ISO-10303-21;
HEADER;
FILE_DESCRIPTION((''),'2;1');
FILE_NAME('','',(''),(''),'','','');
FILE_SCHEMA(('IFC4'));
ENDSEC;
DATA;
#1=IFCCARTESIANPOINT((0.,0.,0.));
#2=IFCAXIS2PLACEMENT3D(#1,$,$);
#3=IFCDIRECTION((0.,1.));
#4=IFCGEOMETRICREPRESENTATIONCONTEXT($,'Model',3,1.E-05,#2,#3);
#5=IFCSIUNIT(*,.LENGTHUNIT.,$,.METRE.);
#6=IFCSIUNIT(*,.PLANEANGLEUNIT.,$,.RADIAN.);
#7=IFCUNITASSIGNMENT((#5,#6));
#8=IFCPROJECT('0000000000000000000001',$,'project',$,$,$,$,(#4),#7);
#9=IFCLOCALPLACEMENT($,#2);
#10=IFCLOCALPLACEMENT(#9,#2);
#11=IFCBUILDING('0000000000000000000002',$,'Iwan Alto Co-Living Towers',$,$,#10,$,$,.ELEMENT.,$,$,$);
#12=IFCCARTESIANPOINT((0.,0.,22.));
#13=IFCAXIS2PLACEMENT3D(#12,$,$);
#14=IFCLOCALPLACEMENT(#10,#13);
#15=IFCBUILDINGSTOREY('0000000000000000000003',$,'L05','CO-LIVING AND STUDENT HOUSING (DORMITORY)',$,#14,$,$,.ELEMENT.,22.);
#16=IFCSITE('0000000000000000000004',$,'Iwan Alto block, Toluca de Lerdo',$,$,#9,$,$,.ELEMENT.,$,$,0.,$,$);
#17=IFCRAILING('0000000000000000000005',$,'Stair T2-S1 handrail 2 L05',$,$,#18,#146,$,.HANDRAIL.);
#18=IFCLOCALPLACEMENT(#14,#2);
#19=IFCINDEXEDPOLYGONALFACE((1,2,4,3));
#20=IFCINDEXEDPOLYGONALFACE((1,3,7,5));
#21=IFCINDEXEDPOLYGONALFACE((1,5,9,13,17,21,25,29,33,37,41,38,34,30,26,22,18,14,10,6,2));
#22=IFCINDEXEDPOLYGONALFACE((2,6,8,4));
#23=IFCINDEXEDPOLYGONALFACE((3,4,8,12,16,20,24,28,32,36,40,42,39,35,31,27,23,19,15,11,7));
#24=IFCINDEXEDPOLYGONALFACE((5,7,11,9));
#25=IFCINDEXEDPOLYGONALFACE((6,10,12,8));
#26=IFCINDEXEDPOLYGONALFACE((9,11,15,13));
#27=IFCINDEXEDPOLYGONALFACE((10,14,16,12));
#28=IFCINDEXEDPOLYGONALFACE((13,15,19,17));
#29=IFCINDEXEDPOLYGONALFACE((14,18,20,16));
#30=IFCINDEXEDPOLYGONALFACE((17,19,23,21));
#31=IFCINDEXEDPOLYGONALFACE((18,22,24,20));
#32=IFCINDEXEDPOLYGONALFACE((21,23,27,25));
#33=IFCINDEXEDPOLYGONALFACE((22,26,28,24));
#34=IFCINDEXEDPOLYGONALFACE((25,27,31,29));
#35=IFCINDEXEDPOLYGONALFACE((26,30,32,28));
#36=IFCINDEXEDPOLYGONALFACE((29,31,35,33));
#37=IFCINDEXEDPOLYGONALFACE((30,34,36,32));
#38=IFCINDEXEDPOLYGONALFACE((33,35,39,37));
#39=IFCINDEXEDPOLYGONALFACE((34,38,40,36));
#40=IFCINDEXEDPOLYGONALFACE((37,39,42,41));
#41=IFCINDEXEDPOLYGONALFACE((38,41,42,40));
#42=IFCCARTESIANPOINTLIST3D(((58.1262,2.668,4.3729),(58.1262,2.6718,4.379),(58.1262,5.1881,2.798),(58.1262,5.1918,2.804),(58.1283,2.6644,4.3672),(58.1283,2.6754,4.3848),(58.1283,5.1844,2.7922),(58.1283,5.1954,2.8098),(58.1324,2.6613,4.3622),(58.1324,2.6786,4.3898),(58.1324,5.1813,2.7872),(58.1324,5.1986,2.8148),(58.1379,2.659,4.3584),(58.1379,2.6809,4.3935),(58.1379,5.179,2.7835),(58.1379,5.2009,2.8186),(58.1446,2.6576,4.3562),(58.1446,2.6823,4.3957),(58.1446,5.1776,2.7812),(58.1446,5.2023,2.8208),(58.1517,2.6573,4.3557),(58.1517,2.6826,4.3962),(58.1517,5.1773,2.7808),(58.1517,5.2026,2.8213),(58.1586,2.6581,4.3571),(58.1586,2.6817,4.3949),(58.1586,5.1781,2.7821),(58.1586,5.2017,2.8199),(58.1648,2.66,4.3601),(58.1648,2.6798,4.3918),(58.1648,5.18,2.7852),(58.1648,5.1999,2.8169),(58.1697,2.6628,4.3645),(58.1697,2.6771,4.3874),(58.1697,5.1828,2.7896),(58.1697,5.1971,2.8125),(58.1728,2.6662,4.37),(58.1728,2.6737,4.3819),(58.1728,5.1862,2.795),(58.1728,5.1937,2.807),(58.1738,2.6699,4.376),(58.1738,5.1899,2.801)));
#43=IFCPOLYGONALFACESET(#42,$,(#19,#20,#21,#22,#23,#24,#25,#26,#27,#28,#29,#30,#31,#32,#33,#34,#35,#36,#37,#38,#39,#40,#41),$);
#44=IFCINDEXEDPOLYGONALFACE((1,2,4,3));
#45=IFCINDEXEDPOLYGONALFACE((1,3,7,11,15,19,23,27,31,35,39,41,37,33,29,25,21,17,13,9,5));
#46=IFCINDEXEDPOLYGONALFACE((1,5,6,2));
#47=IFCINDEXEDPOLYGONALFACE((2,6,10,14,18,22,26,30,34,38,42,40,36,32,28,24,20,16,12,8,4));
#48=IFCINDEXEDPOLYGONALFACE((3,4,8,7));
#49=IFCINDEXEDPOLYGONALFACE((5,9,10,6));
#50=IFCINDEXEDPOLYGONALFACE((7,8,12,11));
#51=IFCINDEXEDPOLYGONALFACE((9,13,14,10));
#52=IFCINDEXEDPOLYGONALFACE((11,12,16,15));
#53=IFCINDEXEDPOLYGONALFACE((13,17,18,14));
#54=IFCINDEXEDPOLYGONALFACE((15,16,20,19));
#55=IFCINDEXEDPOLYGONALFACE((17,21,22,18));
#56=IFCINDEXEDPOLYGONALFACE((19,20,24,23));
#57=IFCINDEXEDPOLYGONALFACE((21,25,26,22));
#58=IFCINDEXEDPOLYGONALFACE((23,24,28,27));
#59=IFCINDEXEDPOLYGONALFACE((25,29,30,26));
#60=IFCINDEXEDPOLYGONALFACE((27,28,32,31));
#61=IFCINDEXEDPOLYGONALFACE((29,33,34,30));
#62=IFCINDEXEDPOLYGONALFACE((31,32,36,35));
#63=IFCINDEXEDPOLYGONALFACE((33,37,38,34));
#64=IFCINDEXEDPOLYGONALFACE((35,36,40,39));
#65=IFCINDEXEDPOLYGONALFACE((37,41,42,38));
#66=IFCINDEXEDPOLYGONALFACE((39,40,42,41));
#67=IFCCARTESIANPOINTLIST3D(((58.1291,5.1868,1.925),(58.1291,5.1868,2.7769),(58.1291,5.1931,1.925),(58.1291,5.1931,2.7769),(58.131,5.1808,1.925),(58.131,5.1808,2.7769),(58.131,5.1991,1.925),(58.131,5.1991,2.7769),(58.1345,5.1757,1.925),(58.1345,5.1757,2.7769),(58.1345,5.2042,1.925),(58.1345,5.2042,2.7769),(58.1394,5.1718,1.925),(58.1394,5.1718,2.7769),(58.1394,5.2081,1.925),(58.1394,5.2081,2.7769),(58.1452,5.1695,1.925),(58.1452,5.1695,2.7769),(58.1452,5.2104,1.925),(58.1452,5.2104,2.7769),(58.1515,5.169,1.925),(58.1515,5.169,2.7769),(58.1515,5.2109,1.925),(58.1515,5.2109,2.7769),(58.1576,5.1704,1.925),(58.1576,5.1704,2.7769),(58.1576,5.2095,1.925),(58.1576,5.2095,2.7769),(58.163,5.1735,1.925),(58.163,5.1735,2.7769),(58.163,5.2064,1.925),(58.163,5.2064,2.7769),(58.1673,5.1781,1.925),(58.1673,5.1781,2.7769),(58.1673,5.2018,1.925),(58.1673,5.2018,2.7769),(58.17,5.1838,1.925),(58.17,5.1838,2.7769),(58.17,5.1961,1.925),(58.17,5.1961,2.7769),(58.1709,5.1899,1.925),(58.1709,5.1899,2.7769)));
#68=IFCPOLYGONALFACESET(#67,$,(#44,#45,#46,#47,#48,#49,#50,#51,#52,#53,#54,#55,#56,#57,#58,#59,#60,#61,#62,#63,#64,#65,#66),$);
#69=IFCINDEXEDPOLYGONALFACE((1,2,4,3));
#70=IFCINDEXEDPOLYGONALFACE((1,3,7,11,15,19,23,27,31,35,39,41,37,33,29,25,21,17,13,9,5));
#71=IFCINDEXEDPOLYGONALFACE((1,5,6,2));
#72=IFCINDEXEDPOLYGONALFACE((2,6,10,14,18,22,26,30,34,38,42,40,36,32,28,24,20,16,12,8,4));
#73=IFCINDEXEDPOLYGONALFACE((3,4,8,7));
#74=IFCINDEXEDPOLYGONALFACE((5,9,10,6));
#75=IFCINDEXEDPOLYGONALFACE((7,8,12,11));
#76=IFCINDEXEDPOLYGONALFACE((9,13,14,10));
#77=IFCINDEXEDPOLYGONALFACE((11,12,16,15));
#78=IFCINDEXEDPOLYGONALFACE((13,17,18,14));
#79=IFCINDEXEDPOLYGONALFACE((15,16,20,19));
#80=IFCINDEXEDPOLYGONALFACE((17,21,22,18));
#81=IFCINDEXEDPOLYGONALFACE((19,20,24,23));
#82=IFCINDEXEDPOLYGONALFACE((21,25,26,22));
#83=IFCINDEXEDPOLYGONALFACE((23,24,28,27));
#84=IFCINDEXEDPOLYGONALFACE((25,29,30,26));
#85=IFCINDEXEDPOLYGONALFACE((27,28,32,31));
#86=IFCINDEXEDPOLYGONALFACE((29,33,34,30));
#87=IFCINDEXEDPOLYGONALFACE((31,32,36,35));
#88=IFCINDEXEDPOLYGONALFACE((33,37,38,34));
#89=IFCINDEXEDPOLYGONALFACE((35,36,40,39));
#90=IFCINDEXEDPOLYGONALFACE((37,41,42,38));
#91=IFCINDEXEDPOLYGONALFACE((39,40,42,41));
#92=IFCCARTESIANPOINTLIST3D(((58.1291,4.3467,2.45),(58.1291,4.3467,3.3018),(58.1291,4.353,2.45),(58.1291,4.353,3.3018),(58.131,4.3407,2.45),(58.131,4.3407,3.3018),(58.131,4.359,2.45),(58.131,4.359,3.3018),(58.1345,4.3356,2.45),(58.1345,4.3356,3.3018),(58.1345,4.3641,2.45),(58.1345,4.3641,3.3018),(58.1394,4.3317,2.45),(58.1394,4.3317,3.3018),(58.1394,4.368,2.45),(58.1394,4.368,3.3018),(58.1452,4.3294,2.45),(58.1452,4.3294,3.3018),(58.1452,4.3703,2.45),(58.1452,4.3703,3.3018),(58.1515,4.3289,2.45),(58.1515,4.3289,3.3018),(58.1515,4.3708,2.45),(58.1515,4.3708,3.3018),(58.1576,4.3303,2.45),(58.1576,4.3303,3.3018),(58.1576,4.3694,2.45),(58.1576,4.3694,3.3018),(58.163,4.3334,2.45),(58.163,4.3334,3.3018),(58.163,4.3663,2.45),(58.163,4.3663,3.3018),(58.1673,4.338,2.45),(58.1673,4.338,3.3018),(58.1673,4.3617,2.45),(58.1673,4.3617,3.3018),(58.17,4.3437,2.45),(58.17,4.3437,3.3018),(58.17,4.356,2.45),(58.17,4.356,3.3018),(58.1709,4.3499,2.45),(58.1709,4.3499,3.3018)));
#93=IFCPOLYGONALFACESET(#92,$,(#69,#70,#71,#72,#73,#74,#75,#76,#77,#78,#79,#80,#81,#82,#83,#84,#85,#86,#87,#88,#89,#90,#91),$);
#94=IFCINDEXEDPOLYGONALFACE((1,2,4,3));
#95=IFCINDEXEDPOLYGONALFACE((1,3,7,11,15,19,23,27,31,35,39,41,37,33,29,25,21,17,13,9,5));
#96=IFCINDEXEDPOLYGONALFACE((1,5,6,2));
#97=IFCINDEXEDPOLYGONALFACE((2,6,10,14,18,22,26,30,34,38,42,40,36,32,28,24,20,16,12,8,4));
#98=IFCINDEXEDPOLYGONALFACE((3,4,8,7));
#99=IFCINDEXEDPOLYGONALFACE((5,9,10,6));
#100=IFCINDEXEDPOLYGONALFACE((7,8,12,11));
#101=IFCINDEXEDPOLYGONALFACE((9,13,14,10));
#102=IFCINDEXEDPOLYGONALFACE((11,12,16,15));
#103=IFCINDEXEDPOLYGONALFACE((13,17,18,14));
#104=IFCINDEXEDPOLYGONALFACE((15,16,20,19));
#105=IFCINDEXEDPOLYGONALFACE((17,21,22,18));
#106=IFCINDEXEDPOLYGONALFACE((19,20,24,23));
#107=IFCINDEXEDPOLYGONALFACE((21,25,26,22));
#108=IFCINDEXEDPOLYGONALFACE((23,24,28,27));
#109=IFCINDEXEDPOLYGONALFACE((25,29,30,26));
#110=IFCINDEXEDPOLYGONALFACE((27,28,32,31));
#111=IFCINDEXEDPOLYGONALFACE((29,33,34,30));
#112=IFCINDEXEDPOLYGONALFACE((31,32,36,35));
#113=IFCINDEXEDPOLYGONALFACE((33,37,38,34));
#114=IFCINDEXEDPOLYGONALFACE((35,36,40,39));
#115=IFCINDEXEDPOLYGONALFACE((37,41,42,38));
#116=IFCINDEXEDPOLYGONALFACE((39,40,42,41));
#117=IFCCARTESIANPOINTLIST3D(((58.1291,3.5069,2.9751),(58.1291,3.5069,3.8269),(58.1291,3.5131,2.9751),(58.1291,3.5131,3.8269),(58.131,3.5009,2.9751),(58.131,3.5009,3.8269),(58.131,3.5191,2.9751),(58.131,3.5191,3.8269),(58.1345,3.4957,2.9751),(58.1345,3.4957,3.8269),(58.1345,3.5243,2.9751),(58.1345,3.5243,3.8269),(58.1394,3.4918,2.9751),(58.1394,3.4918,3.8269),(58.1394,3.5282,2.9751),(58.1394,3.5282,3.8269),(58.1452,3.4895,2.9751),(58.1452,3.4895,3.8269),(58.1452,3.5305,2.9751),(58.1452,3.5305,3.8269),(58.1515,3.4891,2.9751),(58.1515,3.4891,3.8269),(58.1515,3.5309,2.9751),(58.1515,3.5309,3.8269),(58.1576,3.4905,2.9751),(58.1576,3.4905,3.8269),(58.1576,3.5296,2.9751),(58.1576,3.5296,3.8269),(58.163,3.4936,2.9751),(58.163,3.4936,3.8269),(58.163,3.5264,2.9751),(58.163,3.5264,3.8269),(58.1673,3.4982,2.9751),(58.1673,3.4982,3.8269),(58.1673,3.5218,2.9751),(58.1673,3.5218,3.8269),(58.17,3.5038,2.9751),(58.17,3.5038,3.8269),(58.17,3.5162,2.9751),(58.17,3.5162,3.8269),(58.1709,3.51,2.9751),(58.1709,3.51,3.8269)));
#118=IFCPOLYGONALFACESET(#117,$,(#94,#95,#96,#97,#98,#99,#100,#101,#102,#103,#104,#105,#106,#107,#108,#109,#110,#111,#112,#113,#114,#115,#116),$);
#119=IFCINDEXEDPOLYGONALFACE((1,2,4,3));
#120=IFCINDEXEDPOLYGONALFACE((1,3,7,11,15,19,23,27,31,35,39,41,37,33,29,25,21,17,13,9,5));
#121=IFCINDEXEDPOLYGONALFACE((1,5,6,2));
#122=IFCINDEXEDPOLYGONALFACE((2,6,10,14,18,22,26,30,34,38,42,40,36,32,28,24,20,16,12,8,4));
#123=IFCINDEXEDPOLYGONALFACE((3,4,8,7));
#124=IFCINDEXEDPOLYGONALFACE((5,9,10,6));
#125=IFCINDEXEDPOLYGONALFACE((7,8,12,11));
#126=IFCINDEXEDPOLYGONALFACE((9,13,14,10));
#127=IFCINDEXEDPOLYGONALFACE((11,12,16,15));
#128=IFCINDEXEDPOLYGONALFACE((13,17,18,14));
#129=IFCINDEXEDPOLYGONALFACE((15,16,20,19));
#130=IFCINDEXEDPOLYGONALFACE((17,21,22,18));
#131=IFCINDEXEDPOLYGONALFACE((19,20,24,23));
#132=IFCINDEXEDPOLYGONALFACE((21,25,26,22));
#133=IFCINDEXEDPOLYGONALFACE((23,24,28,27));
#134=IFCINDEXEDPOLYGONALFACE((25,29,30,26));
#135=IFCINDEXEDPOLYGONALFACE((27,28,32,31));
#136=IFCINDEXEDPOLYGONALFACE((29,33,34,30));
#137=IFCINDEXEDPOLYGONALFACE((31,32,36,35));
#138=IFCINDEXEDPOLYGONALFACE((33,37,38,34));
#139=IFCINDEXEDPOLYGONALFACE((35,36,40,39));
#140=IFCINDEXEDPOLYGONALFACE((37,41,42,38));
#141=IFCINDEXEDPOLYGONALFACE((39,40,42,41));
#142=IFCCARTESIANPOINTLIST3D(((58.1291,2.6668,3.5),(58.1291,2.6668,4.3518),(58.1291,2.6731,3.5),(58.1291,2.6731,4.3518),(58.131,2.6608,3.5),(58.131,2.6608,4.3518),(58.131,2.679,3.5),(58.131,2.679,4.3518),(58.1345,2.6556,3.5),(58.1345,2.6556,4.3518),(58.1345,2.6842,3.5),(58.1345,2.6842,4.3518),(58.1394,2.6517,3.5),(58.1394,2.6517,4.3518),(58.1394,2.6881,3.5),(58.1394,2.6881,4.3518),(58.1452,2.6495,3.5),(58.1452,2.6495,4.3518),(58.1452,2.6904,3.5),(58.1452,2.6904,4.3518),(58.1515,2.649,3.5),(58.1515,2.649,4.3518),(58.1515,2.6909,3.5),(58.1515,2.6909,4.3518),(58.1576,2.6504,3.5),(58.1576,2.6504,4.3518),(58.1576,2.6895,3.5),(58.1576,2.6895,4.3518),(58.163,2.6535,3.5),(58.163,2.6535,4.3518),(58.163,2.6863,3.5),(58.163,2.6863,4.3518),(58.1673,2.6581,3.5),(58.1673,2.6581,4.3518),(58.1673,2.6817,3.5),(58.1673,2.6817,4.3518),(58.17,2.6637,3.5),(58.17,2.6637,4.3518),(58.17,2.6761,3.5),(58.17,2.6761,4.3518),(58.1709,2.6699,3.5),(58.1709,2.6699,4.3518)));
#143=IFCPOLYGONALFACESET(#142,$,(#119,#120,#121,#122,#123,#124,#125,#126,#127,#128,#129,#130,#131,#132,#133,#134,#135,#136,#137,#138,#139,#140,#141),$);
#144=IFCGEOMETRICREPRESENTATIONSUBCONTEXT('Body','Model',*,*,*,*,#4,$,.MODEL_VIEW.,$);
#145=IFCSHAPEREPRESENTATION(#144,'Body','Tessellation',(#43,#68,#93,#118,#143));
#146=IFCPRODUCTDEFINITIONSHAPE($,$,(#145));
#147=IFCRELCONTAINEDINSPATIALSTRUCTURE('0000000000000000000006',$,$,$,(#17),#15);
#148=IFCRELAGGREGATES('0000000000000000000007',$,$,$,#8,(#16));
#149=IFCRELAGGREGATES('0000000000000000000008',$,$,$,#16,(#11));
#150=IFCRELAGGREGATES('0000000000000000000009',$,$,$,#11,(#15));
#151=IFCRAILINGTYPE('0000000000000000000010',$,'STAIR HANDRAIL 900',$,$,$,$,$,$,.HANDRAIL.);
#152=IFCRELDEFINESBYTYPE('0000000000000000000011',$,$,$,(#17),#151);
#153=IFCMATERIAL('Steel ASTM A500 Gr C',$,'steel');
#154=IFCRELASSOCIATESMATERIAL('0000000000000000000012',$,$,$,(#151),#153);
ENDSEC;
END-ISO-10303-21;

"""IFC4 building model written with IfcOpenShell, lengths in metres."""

from ifc_helpers import new_model, si_unit, direction, frame, origin, origin_2d, place, context, subcontext, project, spatial, circle, extrude, material, type_object, element, save


model = new_model("IFC4")

# Units and contexts
model_context = context("Model", 3, precision=1e-05, world=origin(), true_north=direction((0.0, 1.0)))
body_context = subcontext(model_context, "Body", "Model", "MODEL_VIEW")
ifc_project = project(units=[si_unit("LENGTHUNIT", "METRE"), si_unit("PLANEANGLEUNIT", "RADIAN")], contexts=[model_context])

# Site, building, storey
site_placement = place(None, origin())
site = spatial("IfcSite", under=ifc_project, at=site_placement, Name="Iwan Alto block, Toluca de Lerdo", CompositionType="ELEMENT", RefElevation=0.0)
building_placement = place(site_placement, origin())
building = spatial("IfcBuilding", under=site, at=building_placement, Name="Iwan Alto Co-Living Towers", CompositionType="ELEMENT")
storey_placement = place(building_placement, frame((0.0, 0.0, 22.0)))
storey = spatial("IfcBuildingStorey", under=building, at=storey_placement, Name="L05", Description="CO-LIVING AND STUDENT HOUSING (DORMITORY)", CompositionType="ELEMENT", Elevation=22.0)

# Railing
ifc_material_1 = material(Name="Steel ASTM A500 Gr C", Category="steel")
railing_type_1 = type_object("IfcRailingType", Name="STAIR HANDRAIL 900", PredefinedType="HANDRAIL", material=ifc_material_1)
railing_1_placement = place(storey_placement, frame((58.1499, 5.1899, 1.925)))
element("IfcRailing", 1, at=railing_1_placement, inside=storey, type_object=railing_type_1, Name="Stair T2-S1 handrail 2 L05", PredefinedType="HANDRAIL", context=body_context, shape_type="SweptSolid", body=[
    extrude(circle(Radius=0.0239, at=origin_2d()), frame((0.0, 0.0, 0.876), z_axis=(0.0, -0.848008, 0.529984), x_axis=(1.0, 0.0, 0.0)), (0.0, 0.0, 1.0), 2.9717),
    extrude(circle(Radius=0.021, at=origin_2d()), origin(), (0.0, 0.0, 1.0), 0.8518),
    extrude(circle(Radius=0.021, at=origin_2d()), frame((0.0, -0.8401, 0.5249)), (0.0, 0.0, 1.0), 0.8518),
    extrude(circle(Radius=0.021, at=origin_2d()), frame((0.0, -1.6799, 1.05)), (0.0, 0.0, 1.0), 0.8518),
    extrude(circle(Radius=0.021, at=origin_2d()), frame((0.0, -2.52, 1.575)), (0.0, 0.0, 1.0), 0.8518),
])

save(model, "model.ifc")
